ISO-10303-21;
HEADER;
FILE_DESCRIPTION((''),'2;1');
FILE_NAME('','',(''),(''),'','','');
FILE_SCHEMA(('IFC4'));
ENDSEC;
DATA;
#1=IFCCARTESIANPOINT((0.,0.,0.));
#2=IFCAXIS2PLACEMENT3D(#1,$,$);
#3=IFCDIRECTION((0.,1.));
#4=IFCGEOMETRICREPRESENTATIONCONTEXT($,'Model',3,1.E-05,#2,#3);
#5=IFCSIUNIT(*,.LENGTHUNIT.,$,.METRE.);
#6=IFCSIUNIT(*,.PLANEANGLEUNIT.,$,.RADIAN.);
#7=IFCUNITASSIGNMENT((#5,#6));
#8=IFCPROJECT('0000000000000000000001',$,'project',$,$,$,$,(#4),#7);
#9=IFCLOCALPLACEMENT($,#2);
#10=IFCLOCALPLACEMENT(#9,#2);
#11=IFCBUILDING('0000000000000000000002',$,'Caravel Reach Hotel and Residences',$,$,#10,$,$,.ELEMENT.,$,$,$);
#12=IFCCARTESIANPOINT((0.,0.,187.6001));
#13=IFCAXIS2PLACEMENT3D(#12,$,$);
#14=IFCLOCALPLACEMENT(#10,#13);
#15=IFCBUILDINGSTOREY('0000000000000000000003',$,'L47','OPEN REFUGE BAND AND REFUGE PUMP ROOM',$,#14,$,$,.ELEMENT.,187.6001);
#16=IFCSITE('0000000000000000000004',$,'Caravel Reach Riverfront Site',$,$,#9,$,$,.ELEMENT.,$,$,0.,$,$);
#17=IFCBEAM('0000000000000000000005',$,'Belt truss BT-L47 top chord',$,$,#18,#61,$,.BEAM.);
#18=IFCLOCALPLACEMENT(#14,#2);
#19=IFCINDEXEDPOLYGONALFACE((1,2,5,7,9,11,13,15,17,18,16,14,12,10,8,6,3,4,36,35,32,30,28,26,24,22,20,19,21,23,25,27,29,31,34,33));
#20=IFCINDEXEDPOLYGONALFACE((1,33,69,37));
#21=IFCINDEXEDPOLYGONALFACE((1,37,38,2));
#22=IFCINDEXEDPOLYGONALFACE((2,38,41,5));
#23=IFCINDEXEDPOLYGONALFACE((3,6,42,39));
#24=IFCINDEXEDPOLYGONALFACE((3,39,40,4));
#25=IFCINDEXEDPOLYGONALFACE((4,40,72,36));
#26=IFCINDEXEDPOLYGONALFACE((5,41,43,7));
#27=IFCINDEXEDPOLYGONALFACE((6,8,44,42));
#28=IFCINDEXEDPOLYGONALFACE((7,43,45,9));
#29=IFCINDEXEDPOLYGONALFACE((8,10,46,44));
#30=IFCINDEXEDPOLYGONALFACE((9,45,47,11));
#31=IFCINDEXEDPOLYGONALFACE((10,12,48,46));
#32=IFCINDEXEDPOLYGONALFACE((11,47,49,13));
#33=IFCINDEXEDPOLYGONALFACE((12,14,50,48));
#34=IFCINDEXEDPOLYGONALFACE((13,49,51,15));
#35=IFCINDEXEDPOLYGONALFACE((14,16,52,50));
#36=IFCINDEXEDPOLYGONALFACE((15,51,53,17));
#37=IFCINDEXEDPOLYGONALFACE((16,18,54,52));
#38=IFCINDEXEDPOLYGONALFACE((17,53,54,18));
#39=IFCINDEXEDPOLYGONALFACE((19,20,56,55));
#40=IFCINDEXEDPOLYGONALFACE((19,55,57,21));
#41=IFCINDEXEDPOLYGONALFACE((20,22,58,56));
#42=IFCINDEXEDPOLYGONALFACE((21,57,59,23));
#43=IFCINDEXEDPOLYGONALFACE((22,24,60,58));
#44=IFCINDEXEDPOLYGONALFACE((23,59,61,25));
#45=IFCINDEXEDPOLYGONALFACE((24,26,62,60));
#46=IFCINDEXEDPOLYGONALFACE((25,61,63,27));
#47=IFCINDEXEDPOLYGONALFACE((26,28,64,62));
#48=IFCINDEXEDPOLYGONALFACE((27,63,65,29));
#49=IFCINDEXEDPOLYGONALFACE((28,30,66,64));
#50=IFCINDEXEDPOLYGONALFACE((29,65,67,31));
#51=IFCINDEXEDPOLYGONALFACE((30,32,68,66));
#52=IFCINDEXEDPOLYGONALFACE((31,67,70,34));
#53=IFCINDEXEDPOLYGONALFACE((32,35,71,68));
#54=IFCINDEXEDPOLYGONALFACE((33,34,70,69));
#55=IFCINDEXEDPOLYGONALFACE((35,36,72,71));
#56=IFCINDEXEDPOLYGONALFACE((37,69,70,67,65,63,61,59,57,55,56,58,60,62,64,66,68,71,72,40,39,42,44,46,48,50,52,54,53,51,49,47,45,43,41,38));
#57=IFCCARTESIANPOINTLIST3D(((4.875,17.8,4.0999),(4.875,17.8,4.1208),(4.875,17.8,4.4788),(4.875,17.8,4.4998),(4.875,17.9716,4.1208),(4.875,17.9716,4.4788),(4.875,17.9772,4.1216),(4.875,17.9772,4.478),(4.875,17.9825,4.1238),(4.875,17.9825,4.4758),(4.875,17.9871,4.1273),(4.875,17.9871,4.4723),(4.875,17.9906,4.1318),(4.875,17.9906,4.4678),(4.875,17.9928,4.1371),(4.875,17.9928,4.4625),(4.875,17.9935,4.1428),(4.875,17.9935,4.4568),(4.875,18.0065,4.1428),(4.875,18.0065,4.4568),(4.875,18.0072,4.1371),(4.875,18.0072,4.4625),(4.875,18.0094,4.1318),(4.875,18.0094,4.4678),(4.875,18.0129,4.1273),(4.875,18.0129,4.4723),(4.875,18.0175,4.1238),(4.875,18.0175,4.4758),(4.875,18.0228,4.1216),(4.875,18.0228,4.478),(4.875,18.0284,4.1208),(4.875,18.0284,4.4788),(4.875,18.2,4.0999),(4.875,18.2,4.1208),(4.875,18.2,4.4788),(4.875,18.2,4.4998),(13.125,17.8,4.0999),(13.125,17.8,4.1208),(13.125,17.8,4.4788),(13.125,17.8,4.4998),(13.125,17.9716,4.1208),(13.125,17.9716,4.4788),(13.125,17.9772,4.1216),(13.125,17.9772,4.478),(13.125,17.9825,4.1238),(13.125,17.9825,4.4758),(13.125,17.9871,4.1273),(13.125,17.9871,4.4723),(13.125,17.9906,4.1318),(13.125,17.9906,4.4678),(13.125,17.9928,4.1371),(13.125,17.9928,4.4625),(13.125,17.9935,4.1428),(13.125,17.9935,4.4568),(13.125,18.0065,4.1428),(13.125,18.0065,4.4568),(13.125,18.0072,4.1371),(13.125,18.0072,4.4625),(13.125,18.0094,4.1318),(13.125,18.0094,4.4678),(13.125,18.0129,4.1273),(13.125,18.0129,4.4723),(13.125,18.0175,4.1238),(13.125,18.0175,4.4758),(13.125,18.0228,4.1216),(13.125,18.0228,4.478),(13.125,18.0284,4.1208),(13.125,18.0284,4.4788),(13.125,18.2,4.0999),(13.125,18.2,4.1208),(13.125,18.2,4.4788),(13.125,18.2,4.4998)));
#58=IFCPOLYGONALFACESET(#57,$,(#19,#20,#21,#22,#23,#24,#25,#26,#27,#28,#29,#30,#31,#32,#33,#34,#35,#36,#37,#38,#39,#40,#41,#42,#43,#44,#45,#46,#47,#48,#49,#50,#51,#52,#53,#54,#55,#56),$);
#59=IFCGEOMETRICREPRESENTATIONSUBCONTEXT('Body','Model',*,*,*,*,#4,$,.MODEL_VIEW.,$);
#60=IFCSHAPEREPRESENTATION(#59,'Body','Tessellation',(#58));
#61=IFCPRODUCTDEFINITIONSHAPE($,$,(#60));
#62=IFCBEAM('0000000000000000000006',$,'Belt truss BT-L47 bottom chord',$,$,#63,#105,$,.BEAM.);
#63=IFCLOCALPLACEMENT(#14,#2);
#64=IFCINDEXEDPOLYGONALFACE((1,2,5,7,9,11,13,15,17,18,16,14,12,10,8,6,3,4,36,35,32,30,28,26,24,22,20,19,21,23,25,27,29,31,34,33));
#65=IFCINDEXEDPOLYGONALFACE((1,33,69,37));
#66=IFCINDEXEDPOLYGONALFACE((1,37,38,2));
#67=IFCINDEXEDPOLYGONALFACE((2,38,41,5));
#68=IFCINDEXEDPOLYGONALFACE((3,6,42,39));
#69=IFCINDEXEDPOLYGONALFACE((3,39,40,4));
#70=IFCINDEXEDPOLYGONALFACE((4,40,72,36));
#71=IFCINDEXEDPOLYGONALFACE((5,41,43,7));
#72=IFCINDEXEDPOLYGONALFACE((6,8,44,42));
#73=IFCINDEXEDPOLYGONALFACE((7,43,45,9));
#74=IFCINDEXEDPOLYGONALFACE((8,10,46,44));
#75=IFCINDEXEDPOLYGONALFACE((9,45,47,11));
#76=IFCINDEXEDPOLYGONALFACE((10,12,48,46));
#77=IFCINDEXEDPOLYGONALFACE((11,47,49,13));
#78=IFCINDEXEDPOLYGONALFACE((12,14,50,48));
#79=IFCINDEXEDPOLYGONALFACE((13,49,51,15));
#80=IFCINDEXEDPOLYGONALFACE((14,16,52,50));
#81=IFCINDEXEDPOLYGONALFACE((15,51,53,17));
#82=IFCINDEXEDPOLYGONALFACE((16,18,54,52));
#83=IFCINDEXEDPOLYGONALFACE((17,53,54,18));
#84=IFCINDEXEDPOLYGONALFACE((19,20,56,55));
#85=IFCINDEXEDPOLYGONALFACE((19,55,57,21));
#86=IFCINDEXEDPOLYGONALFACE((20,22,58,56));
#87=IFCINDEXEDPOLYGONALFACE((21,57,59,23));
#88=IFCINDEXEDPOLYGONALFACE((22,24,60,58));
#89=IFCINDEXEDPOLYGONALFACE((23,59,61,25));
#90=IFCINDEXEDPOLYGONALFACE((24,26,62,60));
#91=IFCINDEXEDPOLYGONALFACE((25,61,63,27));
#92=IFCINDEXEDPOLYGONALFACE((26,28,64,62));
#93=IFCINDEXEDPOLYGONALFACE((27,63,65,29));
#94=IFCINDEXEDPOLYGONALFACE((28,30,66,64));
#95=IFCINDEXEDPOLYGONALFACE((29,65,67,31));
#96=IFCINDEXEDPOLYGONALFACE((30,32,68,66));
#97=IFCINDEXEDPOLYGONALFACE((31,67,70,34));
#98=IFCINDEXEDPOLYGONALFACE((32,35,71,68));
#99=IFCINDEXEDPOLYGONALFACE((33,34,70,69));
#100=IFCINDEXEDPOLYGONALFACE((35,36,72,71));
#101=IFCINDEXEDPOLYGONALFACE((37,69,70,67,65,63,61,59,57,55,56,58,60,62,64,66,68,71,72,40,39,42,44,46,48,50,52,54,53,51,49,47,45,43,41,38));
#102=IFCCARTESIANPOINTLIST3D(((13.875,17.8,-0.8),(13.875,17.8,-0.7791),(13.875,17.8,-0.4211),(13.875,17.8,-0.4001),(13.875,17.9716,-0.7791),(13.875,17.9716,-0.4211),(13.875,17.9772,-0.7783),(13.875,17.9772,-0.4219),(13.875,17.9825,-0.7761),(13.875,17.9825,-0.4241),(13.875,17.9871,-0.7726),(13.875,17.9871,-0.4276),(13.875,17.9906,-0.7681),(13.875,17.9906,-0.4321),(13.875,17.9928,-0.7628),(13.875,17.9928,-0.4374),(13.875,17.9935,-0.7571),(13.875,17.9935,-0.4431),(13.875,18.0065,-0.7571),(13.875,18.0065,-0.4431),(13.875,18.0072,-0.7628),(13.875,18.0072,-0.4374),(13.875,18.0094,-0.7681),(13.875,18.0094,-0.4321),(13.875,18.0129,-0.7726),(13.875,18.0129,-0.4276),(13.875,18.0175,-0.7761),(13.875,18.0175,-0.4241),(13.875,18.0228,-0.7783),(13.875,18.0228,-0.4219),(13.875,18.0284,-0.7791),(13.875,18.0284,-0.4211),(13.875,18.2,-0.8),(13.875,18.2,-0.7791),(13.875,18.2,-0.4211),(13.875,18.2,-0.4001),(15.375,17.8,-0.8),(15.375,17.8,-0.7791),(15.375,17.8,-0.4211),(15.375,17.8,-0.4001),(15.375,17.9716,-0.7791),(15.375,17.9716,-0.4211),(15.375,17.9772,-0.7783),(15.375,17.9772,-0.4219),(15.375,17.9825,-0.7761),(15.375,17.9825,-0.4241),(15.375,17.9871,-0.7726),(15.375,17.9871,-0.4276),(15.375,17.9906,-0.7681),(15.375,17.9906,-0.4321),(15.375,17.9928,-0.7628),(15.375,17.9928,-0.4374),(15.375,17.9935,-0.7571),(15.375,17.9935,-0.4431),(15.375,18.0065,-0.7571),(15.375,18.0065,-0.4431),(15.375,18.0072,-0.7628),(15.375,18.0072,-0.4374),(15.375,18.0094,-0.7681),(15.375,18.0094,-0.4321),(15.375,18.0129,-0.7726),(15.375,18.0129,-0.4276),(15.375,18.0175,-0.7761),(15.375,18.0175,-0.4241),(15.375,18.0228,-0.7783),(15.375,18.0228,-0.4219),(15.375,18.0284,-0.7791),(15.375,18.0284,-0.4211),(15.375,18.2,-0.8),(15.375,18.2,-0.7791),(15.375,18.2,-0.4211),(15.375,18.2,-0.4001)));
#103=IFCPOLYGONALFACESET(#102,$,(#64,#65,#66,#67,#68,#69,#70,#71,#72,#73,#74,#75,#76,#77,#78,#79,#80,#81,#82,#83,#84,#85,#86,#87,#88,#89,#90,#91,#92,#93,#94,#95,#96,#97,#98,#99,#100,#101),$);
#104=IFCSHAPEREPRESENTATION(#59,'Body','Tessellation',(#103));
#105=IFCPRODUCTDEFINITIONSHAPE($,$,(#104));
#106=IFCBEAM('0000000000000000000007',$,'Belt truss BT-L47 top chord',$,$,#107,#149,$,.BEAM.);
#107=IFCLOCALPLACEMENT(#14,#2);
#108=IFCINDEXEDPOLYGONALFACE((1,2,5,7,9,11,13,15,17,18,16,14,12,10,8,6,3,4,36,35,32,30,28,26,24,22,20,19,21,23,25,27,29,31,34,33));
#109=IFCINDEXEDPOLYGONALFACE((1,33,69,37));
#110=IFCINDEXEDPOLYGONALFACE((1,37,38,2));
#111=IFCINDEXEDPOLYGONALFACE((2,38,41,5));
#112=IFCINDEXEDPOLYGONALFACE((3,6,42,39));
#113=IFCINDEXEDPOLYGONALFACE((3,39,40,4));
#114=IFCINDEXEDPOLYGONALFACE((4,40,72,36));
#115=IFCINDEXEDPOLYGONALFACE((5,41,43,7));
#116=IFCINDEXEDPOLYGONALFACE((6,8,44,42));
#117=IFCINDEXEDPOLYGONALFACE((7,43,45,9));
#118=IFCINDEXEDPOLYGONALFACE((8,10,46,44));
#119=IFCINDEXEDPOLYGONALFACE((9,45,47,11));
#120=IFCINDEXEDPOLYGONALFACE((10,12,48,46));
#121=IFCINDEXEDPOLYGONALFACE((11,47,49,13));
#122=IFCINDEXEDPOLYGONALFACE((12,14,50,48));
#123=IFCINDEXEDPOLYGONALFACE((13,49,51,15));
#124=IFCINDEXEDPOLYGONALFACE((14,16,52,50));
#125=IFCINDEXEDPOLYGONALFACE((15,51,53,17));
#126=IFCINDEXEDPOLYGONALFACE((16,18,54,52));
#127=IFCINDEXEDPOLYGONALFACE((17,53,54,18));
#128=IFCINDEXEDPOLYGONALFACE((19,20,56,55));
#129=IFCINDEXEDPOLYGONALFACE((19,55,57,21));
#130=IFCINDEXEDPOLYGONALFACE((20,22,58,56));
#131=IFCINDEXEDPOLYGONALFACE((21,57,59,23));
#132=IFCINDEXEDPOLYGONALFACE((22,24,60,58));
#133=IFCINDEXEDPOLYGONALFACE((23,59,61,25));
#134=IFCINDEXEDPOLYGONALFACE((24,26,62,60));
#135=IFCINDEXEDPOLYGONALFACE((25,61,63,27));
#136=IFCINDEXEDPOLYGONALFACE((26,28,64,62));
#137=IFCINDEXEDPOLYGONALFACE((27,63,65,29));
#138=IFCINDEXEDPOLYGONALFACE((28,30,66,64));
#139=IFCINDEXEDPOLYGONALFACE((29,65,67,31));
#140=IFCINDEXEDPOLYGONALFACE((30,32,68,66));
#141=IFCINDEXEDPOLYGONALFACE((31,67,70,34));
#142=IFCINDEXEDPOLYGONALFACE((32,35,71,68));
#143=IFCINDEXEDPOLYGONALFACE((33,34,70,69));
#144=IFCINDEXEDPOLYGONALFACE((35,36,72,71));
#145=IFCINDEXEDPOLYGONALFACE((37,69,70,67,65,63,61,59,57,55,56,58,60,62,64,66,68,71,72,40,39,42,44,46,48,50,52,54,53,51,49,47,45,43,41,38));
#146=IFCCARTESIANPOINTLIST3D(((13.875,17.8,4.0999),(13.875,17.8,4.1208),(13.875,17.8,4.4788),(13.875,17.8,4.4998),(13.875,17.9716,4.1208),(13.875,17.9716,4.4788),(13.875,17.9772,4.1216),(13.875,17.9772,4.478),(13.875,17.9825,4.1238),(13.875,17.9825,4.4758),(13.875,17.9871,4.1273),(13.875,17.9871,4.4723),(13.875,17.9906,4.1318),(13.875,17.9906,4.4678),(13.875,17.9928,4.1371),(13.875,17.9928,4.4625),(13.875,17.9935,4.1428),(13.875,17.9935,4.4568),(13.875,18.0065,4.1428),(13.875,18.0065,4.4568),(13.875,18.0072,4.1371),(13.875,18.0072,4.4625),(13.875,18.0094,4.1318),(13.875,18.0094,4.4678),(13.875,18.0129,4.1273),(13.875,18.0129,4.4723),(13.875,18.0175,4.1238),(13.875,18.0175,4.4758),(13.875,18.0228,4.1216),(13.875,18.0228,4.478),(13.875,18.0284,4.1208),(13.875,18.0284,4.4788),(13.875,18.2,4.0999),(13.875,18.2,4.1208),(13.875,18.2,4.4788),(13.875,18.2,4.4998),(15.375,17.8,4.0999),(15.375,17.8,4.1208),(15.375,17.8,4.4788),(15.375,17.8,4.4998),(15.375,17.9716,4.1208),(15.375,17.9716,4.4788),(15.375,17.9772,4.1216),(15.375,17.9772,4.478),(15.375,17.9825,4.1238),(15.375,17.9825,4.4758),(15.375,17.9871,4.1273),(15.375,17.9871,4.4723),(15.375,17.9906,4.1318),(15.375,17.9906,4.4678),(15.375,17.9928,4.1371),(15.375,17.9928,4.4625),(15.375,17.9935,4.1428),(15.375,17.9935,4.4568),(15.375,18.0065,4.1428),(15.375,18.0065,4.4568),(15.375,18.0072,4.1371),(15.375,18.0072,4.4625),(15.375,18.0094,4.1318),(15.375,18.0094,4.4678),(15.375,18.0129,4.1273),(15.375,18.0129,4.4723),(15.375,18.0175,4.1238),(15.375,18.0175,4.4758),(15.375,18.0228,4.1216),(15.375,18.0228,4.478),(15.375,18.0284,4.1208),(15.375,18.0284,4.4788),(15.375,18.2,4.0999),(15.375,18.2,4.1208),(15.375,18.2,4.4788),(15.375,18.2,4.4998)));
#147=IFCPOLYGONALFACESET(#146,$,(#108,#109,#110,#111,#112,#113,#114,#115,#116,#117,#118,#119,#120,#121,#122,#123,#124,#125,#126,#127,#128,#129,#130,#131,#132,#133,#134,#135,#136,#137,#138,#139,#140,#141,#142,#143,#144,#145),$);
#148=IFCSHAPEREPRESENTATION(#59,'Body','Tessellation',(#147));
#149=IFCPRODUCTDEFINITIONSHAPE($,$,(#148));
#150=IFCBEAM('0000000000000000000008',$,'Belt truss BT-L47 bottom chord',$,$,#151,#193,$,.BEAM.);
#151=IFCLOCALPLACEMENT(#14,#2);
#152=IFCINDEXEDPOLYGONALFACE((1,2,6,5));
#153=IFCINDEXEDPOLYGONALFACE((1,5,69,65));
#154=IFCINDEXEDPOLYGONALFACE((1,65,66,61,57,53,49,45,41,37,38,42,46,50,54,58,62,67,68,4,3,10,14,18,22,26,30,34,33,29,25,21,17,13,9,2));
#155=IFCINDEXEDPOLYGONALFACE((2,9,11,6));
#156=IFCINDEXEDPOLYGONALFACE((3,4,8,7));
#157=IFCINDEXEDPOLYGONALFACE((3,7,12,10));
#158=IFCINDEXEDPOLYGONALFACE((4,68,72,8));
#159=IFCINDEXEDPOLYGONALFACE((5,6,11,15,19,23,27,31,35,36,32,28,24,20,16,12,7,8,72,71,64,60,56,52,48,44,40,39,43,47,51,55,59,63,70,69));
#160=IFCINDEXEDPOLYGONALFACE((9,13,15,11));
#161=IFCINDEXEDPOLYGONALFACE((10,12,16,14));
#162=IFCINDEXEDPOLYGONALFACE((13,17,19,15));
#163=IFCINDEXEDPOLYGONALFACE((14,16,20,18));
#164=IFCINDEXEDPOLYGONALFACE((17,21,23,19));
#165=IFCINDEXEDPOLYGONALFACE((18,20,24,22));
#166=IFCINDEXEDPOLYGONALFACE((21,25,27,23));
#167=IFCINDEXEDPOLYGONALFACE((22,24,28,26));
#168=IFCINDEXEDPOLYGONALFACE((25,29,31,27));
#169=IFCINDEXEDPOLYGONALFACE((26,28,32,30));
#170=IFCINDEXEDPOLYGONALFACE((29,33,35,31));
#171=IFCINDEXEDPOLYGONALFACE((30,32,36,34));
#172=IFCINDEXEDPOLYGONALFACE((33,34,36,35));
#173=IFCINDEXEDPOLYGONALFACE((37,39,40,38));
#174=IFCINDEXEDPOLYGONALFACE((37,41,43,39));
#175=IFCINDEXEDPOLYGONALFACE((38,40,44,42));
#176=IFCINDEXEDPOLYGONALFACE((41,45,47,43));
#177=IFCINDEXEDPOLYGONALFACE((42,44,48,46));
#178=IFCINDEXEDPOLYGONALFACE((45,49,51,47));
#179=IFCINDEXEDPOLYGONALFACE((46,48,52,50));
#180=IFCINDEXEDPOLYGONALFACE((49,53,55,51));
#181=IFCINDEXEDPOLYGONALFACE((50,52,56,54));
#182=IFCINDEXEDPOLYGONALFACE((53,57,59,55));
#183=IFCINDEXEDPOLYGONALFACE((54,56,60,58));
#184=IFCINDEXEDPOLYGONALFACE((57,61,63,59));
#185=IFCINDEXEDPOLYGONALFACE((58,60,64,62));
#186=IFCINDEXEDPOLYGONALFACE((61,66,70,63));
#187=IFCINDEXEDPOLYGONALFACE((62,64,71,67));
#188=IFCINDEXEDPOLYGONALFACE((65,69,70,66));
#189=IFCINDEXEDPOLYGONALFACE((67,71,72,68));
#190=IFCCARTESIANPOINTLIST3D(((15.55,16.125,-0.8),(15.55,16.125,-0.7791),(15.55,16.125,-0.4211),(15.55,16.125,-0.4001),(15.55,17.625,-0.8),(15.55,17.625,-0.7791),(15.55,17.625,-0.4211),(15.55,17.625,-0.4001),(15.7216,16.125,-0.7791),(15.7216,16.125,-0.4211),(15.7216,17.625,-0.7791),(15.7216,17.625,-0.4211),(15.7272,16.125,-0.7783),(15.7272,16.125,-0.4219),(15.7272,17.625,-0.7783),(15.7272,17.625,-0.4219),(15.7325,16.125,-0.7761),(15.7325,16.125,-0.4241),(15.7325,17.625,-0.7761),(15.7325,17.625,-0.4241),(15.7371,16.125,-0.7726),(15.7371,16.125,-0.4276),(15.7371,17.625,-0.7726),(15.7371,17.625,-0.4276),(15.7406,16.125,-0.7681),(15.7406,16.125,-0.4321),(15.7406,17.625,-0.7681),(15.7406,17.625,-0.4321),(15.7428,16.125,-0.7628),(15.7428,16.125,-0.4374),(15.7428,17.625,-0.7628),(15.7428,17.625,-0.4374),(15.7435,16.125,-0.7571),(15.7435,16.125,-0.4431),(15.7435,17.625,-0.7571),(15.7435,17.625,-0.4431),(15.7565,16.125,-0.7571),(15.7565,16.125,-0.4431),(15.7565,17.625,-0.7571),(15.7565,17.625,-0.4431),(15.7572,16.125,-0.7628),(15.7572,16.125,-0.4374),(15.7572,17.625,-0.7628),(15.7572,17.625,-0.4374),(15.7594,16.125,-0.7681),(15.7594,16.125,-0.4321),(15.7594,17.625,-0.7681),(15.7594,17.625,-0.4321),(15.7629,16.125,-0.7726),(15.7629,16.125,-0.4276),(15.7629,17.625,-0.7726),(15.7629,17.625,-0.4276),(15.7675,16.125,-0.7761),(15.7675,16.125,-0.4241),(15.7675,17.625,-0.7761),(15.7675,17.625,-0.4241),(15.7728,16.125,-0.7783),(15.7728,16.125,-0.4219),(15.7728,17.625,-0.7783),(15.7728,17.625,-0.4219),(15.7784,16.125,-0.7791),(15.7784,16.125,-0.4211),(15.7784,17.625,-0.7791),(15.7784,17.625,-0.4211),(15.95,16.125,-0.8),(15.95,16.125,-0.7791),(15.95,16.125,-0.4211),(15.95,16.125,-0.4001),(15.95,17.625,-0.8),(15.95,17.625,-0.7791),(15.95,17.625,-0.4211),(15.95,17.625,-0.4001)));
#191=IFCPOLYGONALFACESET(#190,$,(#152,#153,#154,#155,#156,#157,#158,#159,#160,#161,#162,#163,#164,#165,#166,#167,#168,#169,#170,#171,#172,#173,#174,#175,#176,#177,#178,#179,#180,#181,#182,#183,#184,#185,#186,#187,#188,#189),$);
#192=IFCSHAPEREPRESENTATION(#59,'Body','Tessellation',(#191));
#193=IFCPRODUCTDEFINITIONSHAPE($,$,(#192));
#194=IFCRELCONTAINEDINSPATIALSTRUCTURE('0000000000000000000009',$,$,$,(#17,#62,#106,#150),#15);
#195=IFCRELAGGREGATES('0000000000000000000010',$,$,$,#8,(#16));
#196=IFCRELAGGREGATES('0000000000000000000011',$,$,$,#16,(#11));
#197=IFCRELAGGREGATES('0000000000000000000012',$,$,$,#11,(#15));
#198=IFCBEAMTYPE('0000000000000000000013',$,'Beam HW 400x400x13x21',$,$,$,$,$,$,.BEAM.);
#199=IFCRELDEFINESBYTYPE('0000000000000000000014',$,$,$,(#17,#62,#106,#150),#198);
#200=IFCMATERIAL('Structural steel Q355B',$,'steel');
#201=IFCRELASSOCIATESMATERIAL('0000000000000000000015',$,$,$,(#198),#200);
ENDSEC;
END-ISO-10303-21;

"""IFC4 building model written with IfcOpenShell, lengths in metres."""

from ifc_helpers import new_model, si_unit, direction, frame, origin, origin_2d, place, context, subcontext, project, spatial, i_section, extrude, material, material_profile, profile_set, type_object, element, save


model = new_model("IFC4")

# Units and contexts
model_context = context("Model", 3, precision=1e-05, world=origin(), true_north=direction((0.0, 1.0)))
body_context = subcontext(model_context, "Body", "Model", "MODEL_VIEW")
ifc_project = project(units=[si_unit("LENGTHUNIT", "METRE"), si_unit("PLANEANGLEUNIT", "RADIAN")], contexts=[model_context])

# Site, building, storey
site_placement = place(None, origin())
site = spatial("IfcSite", under=ifc_project, at=site_placement, Name="Caravel Reach Riverfront Site", CompositionType="ELEMENT", RefElevation=0.0)
building_placement = place(site_placement, origin())
building = spatial("IfcBuilding", under=site, at=building_placement, Name="Caravel Reach Hotel and Residences", CompositionType="ELEMENT")
storey_placement = place(building_placement, frame((0.0, 0.0, 187.6001)))
storey = spatial("IfcBuildingStorey", under=building, at=storey_placement, Name="L47", Description="OPEN REFUGE BAND AND REFUGE PUMP ROOM", CompositionType="ELEMENT", Elevation=187.6001)

# Beams
ifc_material_1 = material(Name="Structural steel Q355B", Category="steel")
ifc_material_profile_1 = material_profile(ifc_material_1, i_section(OverallWidth=0.3999, OverallDepth=0.3999, WebThickness=0.0129, FlangeThickness=0.021, FilletRadius=0.022, at=origin_2d()), Name="HW 400x400x13x21")
ifc_profile_set_1 = profile_set([ifc_material_profile_1], Name="Structural steel Q355B")
beam_type_1 = type_object("IfcBeamType", Name="Beam HW 400x400x13x21", PredefinedType="BEAM", material=ifc_profile_set_1)
for number, where, z_axis, x_axis, name in (
    (1, (4.875, 18.0, 4.2998), (1.0, 0.0, 0.0), (0.0, 1.0, 0.0), "Belt truss BT-L47 top chord"),
):
    element("IfcBeam", number, at=place(storey_placement, frame(where, z_axis=z_axis, x_axis=x_axis)), inside=storey, type_object=beam_type_1, Name=name, PredefinedType="BEAM", context=body_context, shape_type="SweptSolid", body=[
        extrude(i_section(OverallWidth=0.3999, OverallDepth=0.3999, WebThickness=0.0129, FlangeThickness=0.021, FilletRadius=0.022, at=origin_2d()), origin(), (0.0, 0.0, 1.0), 8.25),
    ])
for number, where, z_axis, x_axis, name in (
    (2, (13.875, 18.0, -0.6001), (1.0, 0.0, 0.0), (0.0, 1.0, 0.0), "Belt truss BT-L47 bottom chord"),
    (3, (13.875, 18.0, 4.2998), (1.0, 0.0, 0.0), (0.0, 1.0, 0.0), "Belt truss BT-L47 top chord"),
    (4, (15.75, 17.625, -0.6001), (0.0, -1.0, 0.0), (1.0, 0.0, 0.0), "Belt truss BT-L47 bottom chord"),
):
    element("IfcBeam", number, at=place(storey_placement, frame(where, z_axis=z_axis, x_axis=x_axis)), inside=storey, type_object=beam_type_1, Name=name, PredefinedType="BEAM", context=body_context, shape_type="SweptSolid", body=[
        extrude(i_section(OverallWidth=0.3999, OverallDepth=0.3999, WebThickness=0.0129, FlangeThickness=0.021, FilletRadius=0.022, at=origin_2d()), origin(), (0.0, 0.0, 1.0), 1.5),
    ])

save(model, "model.ifc")
